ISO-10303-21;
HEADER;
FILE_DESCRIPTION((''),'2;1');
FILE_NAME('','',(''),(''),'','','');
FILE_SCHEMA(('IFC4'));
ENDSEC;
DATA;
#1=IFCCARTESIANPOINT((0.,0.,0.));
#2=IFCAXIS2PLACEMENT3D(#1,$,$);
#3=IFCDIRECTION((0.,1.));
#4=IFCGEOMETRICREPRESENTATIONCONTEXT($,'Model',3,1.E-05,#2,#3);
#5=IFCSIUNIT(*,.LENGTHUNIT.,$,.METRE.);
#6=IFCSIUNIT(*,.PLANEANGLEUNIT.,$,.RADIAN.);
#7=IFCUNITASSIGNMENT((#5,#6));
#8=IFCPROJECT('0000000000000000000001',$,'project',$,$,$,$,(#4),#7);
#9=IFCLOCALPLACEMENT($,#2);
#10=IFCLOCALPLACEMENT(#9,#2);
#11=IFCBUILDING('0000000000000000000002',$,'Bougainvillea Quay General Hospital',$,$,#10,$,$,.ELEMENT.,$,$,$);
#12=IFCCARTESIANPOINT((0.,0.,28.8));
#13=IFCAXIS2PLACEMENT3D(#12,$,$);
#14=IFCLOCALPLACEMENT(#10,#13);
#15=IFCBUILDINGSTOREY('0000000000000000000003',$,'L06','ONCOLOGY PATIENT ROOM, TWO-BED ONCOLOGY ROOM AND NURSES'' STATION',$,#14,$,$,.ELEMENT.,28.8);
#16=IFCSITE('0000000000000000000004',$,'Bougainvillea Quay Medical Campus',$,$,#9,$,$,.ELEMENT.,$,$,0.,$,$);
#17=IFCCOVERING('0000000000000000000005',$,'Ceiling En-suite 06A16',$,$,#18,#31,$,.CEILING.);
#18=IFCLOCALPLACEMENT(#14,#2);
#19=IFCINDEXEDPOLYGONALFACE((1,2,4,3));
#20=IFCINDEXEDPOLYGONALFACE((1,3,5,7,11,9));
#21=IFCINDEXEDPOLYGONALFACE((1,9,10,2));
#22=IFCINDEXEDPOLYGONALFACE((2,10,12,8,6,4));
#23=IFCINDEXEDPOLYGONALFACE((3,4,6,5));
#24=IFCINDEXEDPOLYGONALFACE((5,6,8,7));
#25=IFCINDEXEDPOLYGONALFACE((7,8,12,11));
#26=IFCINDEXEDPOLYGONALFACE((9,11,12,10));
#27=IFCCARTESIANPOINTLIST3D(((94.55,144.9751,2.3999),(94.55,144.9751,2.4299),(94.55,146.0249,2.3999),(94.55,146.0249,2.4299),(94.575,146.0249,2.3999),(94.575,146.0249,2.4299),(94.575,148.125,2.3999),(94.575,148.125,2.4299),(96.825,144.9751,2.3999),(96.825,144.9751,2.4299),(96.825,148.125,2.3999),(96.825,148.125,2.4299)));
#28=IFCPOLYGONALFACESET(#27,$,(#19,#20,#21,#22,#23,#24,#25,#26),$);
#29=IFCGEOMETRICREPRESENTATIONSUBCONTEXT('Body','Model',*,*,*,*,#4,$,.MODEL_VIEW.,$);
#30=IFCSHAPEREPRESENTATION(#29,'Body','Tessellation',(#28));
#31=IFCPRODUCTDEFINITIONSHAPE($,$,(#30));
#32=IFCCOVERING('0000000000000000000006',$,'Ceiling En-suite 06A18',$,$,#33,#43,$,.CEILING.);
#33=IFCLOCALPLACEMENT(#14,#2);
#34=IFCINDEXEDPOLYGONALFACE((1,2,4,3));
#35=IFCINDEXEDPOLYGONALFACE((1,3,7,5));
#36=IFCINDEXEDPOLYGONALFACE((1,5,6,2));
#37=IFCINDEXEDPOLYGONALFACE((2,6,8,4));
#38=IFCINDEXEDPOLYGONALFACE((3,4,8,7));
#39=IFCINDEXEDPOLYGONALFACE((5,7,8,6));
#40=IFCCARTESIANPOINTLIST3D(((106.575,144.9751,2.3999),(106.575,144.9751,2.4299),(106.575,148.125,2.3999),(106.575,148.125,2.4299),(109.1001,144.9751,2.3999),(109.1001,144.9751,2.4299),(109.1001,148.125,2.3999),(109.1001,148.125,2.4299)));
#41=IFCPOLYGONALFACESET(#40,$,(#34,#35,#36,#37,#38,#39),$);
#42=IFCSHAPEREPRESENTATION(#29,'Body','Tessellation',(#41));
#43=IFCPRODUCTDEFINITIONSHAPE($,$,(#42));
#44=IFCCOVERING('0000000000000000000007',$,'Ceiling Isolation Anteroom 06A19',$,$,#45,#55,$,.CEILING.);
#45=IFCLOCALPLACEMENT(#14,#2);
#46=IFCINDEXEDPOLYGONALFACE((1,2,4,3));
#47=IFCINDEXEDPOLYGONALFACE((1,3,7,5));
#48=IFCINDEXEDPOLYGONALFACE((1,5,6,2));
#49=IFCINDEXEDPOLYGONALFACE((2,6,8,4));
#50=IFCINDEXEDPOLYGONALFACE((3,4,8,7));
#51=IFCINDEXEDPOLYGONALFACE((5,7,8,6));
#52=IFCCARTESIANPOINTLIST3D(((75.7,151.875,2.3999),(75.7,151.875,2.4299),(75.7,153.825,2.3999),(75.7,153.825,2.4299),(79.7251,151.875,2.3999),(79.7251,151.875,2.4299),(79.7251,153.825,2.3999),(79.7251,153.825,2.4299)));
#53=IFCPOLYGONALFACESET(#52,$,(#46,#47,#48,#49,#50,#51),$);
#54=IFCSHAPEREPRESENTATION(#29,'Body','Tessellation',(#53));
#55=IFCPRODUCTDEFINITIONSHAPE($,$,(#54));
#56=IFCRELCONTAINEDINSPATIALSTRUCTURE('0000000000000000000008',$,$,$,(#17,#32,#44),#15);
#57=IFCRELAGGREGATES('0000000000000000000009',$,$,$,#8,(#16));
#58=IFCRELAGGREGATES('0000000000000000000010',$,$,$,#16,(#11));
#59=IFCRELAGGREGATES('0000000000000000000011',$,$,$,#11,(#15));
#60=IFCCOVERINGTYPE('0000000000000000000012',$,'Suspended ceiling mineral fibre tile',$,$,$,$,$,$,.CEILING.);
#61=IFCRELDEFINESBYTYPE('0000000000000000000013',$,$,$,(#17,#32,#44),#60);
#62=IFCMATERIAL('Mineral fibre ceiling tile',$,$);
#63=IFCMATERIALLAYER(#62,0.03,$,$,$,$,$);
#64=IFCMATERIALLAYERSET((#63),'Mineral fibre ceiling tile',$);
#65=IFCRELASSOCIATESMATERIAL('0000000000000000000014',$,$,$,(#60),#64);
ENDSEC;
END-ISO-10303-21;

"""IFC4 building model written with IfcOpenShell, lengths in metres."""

from ifc_helpers import new_model, si_unit, direction, frame, origin, place, context, subcontext, project, spatial, polyline, outline, extrude, material, layer, layer_set, type_object, element, save


model = new_model("IFC4")

# Units and contexts
model_context = context("Model", 3, precision=1e-05, world=origin(), true_north=direction((0.0, 1.0)))
body_context = subcontext(model_context, "Body", "Model", "MODEL_VIEW")
ifc_project = project(units=[si_unit("LENGTHUNIT", "METRE"), si_unit("PLANEANGLEUNIT", "RADIAN")], contexts=[model_context])

# Site, building, storey
site_placement = place(None, origin())
site = spatial("IfcSite", under=ifc_project, at=site_placement, Name="Bougainvillea Quay Medical Campus", CompositionType="ELEMENT", RefElevation=0.0)
building_placement = place(site_placement, origin())
building = spatial("IfcBuilding", under=site, at=building_placement, Name="Bougainvillea Quay General Hospital", CompositionType="ELEMENT")
storey_placement = place(building_placement, frame((0.0, 0.0, 28.8)))
storey = spatial("IfcBuildingStorey", under=building, at=storey_placement, Name="L06", Description="ONCOLOGY PATIENT ROOM, TWO-BED ONCOLOGY ROOM AND NURSES' STATION", CompositionType="ELEMENT", Elevation=28.8)

# Coverings
ifc_material_1 = material(Name="Mineral fibre ceiling tile")
ifc_layer_1 = layer(ifc_material_1, 0.03)
ifc_layer_set_1 = layer_set([ifc_layer_1], Name="Mineral fibre ceiling tile")
covering_type_1 = type_object("IfcCoveringType", Name="Suspended ceiling mineral fibre tile", PredefinedType="CEILING", material=ifc_layer_set_1)
covering_1_placement = place(storey_placement, frame((0.0, 0.0, 2.3999)))
element("IfcCovering", 1, at=covering_1_placement, inside=storey, type_object=covering_type_1, Name="Ceiling En-suite 06A16", PredefinedType="CEILING", context=body_context, shape_type="SweptSolid", body=[
    extrude(outline(polyline([(96.825, 148.125), (94.575, 148.125), (94.575, 146.0249), (94.55, 146.0249), (94.55, 144.9751), (96.825, 144.9751), (96.825, 148.125)])), origin(), (0.0, 0.0, 1.0), 0.03),
])
covering_2_placement = place(storey_placement, frame((0.0, 0.0, 2.3999)))
element("IfcCovering", 2, at=covering_2_placement, inside=storey, type_object=covering_type_1, Name="Ceiling En-suite 06A18", PredefinedType="CEILING", context=body_context, shape_type="SweptSolid", body=[
    extrude(outline(polyline([(106.575, 144.9751), (109.1001, 144.9751), (109.1001, 148.125), (106.575, 148.125), (106.575, 144.9751)])), origin(), (0.0, 0.0, 1.0), 0.03),
])
covering_3_placement = place(storey_placement, frame((0.0, 0.0, 2.3999)))
element("IfcCovering", 3, at=covering_3_placement, inside=storey, type_object=covering_type_1, Name="Ceiling Isolation Anteroom 06A19", PredefinedType="CEILING", context=body_context, shape_type="SweptSolid", body=[
    extrude(outline(polyline([(79.7251, 151.875), (79.7251, 153.825), (75.7, 153.825), (75.7, 151.875), (79.7251, 151.875)])), origin(), (0.0, 0.0, 1.0), 0.03),
])

save(model, "model.ifc")
